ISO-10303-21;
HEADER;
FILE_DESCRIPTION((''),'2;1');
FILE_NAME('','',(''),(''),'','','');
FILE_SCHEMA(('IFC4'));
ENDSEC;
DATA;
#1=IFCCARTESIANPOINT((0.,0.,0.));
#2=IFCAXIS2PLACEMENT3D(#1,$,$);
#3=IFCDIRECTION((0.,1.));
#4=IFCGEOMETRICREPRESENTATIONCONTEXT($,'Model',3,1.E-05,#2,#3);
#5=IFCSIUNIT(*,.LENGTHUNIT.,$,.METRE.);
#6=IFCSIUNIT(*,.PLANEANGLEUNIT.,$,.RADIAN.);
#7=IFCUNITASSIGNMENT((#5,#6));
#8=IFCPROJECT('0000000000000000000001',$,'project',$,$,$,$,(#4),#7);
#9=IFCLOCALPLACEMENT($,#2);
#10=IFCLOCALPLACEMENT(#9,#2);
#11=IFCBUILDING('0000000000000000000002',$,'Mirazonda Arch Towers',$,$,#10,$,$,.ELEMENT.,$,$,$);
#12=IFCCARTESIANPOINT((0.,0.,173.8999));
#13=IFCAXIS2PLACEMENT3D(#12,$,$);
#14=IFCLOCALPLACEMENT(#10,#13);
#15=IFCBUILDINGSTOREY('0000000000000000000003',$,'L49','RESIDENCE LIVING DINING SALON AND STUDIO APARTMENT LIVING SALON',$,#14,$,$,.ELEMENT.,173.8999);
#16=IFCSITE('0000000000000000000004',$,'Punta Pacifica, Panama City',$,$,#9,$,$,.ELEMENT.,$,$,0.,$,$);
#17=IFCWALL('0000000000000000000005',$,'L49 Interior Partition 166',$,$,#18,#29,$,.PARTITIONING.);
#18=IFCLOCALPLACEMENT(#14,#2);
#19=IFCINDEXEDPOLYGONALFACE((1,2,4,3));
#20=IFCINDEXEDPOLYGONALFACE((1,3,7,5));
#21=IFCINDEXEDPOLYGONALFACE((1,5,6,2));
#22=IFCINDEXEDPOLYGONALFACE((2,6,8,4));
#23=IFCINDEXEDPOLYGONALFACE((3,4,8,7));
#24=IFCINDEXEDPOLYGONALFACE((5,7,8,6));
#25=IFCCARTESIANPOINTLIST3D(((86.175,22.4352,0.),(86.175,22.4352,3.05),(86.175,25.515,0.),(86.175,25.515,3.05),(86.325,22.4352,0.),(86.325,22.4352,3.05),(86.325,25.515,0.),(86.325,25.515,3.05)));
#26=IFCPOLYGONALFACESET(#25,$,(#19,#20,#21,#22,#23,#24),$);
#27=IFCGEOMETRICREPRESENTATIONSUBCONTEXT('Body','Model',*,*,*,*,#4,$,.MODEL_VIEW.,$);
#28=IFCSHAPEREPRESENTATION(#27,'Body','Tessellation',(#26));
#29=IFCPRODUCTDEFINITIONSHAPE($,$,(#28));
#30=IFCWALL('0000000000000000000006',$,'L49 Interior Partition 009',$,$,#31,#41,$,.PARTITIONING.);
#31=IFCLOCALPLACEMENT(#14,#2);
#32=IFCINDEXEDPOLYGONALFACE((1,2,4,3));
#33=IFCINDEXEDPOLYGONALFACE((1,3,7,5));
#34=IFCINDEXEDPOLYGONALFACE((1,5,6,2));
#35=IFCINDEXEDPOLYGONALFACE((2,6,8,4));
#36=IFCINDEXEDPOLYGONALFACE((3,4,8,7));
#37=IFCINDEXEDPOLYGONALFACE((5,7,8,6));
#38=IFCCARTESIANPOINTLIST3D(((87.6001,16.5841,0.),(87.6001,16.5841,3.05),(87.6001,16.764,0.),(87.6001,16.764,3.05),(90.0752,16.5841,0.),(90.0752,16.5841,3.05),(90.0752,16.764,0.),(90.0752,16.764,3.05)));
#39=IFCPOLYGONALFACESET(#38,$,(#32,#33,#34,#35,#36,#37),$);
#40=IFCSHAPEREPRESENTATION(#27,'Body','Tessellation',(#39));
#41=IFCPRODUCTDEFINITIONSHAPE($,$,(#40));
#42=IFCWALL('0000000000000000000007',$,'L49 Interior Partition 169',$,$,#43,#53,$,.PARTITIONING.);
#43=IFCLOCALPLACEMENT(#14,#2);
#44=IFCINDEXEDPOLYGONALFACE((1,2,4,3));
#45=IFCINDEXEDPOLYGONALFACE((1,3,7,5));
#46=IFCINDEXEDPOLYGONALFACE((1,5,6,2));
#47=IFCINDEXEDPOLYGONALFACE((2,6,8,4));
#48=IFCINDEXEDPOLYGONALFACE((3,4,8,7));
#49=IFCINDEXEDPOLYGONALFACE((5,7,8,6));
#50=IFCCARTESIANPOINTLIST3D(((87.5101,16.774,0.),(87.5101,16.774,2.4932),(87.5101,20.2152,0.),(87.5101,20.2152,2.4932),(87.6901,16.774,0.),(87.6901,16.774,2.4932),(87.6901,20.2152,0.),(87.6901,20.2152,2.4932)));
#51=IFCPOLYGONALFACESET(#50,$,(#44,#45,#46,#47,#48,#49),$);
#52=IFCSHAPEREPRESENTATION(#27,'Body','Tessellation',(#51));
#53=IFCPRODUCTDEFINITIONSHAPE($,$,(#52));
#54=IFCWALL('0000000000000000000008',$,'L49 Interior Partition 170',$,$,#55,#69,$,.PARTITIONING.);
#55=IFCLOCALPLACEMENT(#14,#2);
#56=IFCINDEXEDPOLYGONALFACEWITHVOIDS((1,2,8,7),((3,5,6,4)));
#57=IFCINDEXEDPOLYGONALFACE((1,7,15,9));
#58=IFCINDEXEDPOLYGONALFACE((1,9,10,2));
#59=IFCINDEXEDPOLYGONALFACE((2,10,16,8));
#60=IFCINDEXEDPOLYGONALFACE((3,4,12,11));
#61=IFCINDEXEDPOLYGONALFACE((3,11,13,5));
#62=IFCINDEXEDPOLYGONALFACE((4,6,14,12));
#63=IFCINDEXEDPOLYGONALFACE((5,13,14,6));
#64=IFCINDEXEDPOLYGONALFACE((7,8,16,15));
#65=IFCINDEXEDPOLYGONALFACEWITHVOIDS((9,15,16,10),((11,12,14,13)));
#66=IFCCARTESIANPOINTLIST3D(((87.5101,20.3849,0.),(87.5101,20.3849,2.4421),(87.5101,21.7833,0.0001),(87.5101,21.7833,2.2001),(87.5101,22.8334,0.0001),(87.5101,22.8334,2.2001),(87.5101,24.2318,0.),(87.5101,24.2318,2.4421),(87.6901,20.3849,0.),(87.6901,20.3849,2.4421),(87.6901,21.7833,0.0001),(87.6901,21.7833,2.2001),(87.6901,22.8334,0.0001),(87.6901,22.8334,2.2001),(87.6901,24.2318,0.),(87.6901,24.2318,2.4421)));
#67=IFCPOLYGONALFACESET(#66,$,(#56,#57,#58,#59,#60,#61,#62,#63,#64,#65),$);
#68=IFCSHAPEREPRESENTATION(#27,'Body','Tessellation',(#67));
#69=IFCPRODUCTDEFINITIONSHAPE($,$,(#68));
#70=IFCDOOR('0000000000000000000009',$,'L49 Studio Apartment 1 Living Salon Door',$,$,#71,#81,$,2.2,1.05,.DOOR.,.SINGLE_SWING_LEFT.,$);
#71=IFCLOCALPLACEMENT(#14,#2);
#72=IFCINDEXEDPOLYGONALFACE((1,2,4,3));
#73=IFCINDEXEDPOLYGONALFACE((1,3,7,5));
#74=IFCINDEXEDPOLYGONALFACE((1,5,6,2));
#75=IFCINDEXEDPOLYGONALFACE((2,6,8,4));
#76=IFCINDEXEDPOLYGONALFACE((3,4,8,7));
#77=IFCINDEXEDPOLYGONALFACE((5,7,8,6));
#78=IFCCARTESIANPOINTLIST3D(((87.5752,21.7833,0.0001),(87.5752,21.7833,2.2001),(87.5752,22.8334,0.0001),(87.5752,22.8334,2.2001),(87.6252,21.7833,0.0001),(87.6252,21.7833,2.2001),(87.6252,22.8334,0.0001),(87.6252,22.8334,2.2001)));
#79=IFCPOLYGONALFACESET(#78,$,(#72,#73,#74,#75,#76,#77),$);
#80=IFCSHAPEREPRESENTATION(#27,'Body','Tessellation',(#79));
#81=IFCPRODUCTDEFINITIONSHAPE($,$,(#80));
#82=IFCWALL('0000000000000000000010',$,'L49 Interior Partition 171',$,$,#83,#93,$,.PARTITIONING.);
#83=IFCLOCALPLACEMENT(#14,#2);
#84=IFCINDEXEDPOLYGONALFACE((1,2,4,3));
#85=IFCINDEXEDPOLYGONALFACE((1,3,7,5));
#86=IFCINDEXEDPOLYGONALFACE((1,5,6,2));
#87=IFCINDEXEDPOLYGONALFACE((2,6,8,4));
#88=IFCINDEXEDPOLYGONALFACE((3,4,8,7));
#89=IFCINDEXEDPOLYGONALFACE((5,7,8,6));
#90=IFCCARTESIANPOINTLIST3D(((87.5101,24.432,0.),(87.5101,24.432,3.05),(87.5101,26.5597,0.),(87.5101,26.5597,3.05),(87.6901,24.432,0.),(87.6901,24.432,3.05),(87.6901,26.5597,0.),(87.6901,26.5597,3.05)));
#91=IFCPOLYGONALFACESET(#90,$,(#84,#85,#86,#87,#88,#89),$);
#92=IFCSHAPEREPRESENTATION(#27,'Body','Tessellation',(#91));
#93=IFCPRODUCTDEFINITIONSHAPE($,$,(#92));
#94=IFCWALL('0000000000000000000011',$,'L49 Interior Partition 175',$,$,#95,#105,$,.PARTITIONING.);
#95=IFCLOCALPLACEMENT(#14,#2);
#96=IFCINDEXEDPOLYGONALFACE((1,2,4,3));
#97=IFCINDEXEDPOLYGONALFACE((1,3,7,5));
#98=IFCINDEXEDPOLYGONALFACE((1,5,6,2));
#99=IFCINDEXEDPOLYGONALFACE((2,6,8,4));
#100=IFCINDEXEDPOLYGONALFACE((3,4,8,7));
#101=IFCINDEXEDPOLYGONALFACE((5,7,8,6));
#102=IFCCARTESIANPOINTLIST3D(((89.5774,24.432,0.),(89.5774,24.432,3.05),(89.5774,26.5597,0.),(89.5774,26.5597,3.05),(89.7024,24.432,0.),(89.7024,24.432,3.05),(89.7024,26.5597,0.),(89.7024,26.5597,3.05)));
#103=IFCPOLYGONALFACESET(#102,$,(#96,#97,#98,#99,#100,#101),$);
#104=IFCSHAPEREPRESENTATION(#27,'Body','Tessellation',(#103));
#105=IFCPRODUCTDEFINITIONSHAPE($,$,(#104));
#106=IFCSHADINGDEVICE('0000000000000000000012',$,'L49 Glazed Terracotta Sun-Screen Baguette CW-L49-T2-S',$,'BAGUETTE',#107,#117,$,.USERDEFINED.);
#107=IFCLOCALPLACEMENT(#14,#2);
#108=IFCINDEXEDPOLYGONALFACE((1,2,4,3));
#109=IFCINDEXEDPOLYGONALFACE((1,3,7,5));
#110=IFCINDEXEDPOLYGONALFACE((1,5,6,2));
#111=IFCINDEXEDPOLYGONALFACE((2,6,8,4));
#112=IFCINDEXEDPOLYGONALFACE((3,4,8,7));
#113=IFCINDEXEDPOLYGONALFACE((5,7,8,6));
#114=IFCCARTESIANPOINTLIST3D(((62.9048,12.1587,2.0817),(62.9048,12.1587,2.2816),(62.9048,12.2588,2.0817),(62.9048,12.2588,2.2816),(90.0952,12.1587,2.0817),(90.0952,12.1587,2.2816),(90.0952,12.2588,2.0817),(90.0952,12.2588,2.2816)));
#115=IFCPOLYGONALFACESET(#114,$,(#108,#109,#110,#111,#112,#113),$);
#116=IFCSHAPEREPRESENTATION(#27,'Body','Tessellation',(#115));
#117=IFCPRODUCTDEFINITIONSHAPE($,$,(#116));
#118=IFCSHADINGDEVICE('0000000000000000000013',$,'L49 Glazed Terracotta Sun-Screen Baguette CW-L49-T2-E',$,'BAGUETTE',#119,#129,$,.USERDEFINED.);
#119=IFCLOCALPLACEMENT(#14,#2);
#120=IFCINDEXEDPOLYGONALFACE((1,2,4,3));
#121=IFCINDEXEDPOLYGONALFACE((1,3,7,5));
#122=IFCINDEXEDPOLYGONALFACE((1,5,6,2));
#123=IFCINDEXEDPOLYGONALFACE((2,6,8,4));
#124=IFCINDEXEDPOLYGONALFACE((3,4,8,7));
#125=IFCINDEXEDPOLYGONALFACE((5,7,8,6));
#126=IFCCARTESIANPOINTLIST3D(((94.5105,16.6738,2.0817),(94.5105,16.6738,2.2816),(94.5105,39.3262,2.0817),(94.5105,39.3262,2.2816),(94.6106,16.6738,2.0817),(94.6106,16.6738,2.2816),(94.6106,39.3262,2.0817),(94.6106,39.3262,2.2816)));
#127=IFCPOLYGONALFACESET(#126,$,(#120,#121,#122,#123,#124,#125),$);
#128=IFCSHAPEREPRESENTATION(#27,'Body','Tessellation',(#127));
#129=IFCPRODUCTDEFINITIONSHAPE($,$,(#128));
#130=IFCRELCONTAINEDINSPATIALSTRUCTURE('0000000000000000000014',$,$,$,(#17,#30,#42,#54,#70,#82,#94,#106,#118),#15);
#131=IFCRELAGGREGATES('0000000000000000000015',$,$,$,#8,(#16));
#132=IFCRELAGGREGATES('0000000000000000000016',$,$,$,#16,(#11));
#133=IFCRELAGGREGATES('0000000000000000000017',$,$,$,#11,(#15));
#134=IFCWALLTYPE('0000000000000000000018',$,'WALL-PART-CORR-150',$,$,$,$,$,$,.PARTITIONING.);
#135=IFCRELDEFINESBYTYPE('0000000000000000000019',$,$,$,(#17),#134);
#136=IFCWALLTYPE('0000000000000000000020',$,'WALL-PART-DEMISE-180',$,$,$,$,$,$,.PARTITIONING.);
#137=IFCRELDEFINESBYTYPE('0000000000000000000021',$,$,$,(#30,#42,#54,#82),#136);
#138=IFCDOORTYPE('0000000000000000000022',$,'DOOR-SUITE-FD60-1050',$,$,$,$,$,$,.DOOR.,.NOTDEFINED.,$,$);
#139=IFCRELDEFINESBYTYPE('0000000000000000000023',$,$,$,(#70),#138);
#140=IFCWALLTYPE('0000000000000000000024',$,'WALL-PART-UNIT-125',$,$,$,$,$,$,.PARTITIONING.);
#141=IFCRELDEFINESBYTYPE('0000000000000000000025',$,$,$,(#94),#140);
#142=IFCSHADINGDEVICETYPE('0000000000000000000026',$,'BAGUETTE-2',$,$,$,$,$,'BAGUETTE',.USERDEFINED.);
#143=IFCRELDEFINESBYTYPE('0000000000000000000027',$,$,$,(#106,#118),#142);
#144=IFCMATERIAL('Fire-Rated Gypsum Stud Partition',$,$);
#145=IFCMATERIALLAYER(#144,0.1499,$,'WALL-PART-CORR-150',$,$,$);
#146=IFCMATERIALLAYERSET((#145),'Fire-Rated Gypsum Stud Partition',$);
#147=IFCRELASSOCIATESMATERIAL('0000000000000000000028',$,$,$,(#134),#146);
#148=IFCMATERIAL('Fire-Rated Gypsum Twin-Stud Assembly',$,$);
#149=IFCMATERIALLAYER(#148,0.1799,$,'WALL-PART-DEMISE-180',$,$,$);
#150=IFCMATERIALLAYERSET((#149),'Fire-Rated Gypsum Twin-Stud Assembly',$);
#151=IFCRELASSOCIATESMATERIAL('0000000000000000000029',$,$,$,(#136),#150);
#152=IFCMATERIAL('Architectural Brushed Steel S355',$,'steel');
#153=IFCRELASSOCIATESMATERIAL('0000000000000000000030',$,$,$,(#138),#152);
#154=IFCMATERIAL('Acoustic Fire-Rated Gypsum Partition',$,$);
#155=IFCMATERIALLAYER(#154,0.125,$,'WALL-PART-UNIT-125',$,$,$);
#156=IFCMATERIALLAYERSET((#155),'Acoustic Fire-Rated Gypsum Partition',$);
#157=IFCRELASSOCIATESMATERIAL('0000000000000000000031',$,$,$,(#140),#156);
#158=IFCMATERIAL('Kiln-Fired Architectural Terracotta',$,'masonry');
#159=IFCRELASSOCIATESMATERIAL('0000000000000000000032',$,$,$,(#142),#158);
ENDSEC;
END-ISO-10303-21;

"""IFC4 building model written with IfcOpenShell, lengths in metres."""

from ifc_helpers import new_model, si_unit, direction, frame, frame_2d, origin, origin_2d, place, context, subcontext, project, spatial, rectangle, extrude, material, layer, layer_set, material_profile, profile_set, type_object, element, fill, save


model = new_model("IFC4")

# Units and contexts
model_context = context("Model", 3, precision=1e-05, world=origin(), true_north=direction((0.0, 1.0)))
body_context = subcontext(model_context, "Body", "Model", "MODEL_VIEW")
ifc_project = project(units=[si_unit("LENGTHUNIT", "METRE"), si_unit("PLANEANGLEUNIT", "RADIAN")], contexts=[model_context])

# Site, building, storey
site_placement = place(None, origin())
site = spatial("IfcSite", under=ifc_project, at=site_placement, Name="Punta Pacifica, Panama City", CompositionType="ELEMENT", RefElevation=0.0)
building_placement = place(site_placement, origin())
building = spatial("IfcBuilding", under=site, at=building_placement, Name="Mirazonda Arch Towers", CompositionType="ELEMENT")
storey_placement = place(building_placement, frame((0.0, 0.0, 173.8999)))
storey = spatial("IfcBuildingStorey", under=building, at=storey_placement, Name="L49", Description="RESIDENCE LIVING DINING SALON AND STUDIO APARTMENT LIVING SALON", CompositionType="ELEMENT", Elevation=173.8999)

# Walls
ifc_material_1 = material(Name="Fire-Rated Gypsum Stud Partition")
ifc_layer_1 = layer(ifc_material_1, 0.1499, Name="WALL-PART-CORR-150")
ifc_layer_set_1 = layer_set([ifc_layer_1], Name="Fire-Rated Gypsum Stud Partition")
wall_type_1 = type_object("IfcWallType", Name="WALL-PART-CORR-150", PredefinedType="PARTITIONING", material=ifc_layer_set_1)
wall_1_placement = place(storey_placement, frame((86.25, 22.4351, 0.0), z_axis=(0.0, 0.0, 1.0), x_axis=(0.0, 1.0, 0.0)))
element("IfcWall", 1, at=wall_1_placement, inside=storey, type_object=wall_type_1, Name="L49 Interior Partition 166", PredefinedType="PARTITIONING", context=body_context, shape_type="SweptSolid", body=[
    extrude(rectangle(XDim=3.0798, YDim=0.1499, at=frame_2d((1.54, 0.0))), origin(), (0.0, 0.0, 1.0), 3.05),
])
ifc_material_2 = material(Name="Fire-Rated Gypsum Twin-Stud Assembly")
ifc_layer_2 = layer(ifc_material_2, 0.1799, Name="WALL-PART-DEMISE-180")
ifc_layer_set_2 = layer_set([ifc_layer_2], Name="Fire-Rated Gypsum Twin-Stud Assembly")
wall_type_2 = type_object("IfcWallType", Name="WALL-PART-DEMISE-180", PredefinedType="PARTITIONING", material=ifc_layer_set_2)
wall_2_placement = place(storey_placement, frame((87.6001, 16.6741, 0.0), z_axis=(0.0, 0.0, 1.0), x_axis=(1.0, 0.0, 0.0)))
element("IfcWall", 2, at=wall_2_placement, inside=storey, type_object=wall_type_2, Name="L49 Interior Partition 009", PredefinedType="PARTITIONING", context=body_context, shape_type="SweptSolid", body=[
    extrude(rectangle(XDim=2.4751, YDim=0.1799, at=frame_2d((1.2375, 0.0))), origin(), (0.0, 0.0, 1.0), 3.05),
])

# Shared definitions
ifc_material_3 = material(Name="Architectural Brushed Steel S355", Category="steel")

# Wall
wall_3_placement = place(storey_placement, frame((87.6001, 16.7739, 0.0), z_axis=(0.0, 0.0, 1.0), x_axis=(0.0, 1.0, 0.0)))
element("IfcWall", 3, at=wall_3_placement, inside=storey, type_object=wall_type_2, Name="L49 Interior Partition 169", PredefinedType="PARTITIONING", context=body_context, shape_type="SweptSolid", body=[
    extrude(rectangle(XDim=3.4412, YDim=0.1799, at=frame_2d((1.7207, 0.0))), origin(), (0.0, 0.0, 1.0), 2.4932),
])

# Wall, opening, door
wall_4_placement = place(storey_placement, frame((87.6001, 20.385, 0.0), z_axis=(0.0, 0.0, 1.0), x_axis=(0.0, 1.0, 0.0)))
wall_4 = element("IfcWall", 4, at=wall_4_placement, inside=storey, type_object=wall_type_2, Name="L49 Interior Partition 170", PredefinedType="PARTITIONING", context=body_context, shape_type="SweptSolid", body=[
    extrude(rectangle(XDim=3.8469, YDim=0.1799, at=frame_2d((1.9233, 0.0))), origin(), (0.0, 0.0, 1.0), 2.4421),
])
opening_1_placement = place(wall_4_placement, frame((1.3984, 0.0, 0.0)))
opening_1 = element("IfcOpeningElement", 5, at=opening_1_placement, cuts=wall_4, PredefinedType="OPENING", context=body_context, shape_type="SweptSolid", body=[
    extrude(rectangle(XDim=1.05, YDim=2.2, at=frame_2d((0.5249, 1.1001))), frame((0.0, 0.0999, 0.0), z_axis=(0.0, -1.0, 0.0), x_axis=(1.0, 0.0, 0.0)), (0.0, 0.0, 1.0), 0.2),
])
door_type_1 = type_object("IfcDoorType", Name="DOOR-SUITE-FD60-1050", OperationType="NOTDEFINED", PredefinedType="DOOR", material=ifc_material_3)
door_1_placement = place(opening_1_placement, origin())
door_1 = element("IfcDoor", 6, at=door_1_placement, inside=storey, type_object=door_type_1, Name="L49 Studio Apartment 1 Living Salon Door", OperationType="SINGLE_SWING_LEFT", OverallHeight=2.2, OverallWidth=1.05, PredefinedType="DOOR", context=body_context, shape_type="SweptSolid", body=[
    extrude(rectangle(XDim=1.05, YDim=2.2, at=frame_2d((0.5249, 1.1001))), frame((0.0, 0.0249, 0.0), z_axis=(0.0, -1.0, 0.0), x_axis=(1.0, 0.0, 0.0)), (0.0, 0.0, 1.0), 0.05),
])
fill(opening_1, door_1)

# Walls
wall_5_placement = place(storey_placement, frame((87.6001, 24.4319, 0.0), z_axis=(0.0, 0.0, 1.0), x_axis=(0.0, 1.0, 0.0)))
element("IfcWall", 7, at=wall_5_placement, inside=storey, type_object=wall_type_2, Name="L49 Interior Partition 171", PredefinedType="PARTITIONING", context=body_context, shape_type="SweptSolid", body=[
    extrude(rectangle(XDim=2.1277, YDim=0.1799, at=frame_2d((1.064, 0.0))), origin(), (0.0, 0.0, 1.0), 3.05),
])
ifc_material_4 = material(Name="Acoustic Fire-Rated Gypsum Partition")
ifc_layer_3 = layer(ifc_material_4, 0.125, Name="WALL-PART-UNIT-125")
ifc_layer_set_3 = layer_set([ifc_layer_3], Name="Acoustic Fire-Rated Gypsum Partition")
wall_type_3 = type_object("IfcWallType", Name="WALL-PART-UNIT-125", PredefinedType="PARTITIONING", material=ifc_layer_set_3)
wall_6_placement = place(storey_placement, frame((89.6399, 24.4319, 0.0), z_axis=(0.0, 0.0, 1.0), x_axis=(0.0, 1.0, 0.0)))
element("IfcWall", 8, at=wall_6_placement, inside=storey, type_object=wall_type_3, Name="L49 Interior Partition 175", PredefinedType="PARTITIONING", context=body_context, shape_type="SweptSolid", body=[
    extrude(rectangle(XDim=2.1277, YDim=0.125, at=frame_2d((1.064, 0.0))), origin(), (0.0, 0.0, 1.0), 3.05),
])

# Shading devices
ifc_material_5 = material(Name="Kiln-Fired Architectural Terracotta", Category="masonry")
ifc_material_profile_1 = material_profile(ifc_material_5, rectangle(XDim=0.1001, YDim=0.2, at=origin_2d()), Name="TERRA-BAG-100x200")
ifc_profile_set_1 = profile_set([ifc_material_profile_1], Name="Kiln-Fired Architectural Terracotta")
shading_device_type = type_object("IfcShadingDeviceType", Name="BAGUETTE-2", ElementType="BAGUETTE", PredefinedType="USERDEFINED", material=ifc_profile_set_1)
shading_device_1_placement = place(storey_placement, frame((90.0952, 12.2087, 2.1816), z_axis=(-1.0, 0.0, 0.0), x_axis=(0.0, -1.0, 0.0)))
element("IfcShadingDevice", 9, at=shading_device_1_placement, inside=storey, type_object=shading_device_type, Name="L49 Glazed Terracotta Sun-Screen Baguette CW-L49-T2-S", ObjectType="BAGUETTE", PredefinedType="USERDEFINED", context=body_context, shape_type="SweptSolid", body=[
    extrude(rectangle(XDim=0.1001, YDim=0.2, at=origin_2d()), origin(), (0.0, 0.0, 1.0), 27.1904),
])
shading_device_2_placement = place(storey_placement, frame((94.5605, 16.6738, 2.1816), z_axis=(0.0, 1.0, 0.0), x_axis=(-1.0, 0.0, 0.0)))
element("IfcShadingDevice", 10, at=shading_device_2_placement, inside=storey, type_object=shading_device_type, Name="L49 Glazed Terracotta Sun-Screen Baguette CW-L49-T2-E", ObjectType="BAGUETTE", PredefinedType="USERDEFINED", context=body_context, shape_type="SweptSolid", body=[
    extrude(rectangle(XDim=0.1001, YDim=0.2, at=origin_2d()), origin(), (0.0, 0.0, 1.0), 22.6523),
])

save(model, "model.ifc")
